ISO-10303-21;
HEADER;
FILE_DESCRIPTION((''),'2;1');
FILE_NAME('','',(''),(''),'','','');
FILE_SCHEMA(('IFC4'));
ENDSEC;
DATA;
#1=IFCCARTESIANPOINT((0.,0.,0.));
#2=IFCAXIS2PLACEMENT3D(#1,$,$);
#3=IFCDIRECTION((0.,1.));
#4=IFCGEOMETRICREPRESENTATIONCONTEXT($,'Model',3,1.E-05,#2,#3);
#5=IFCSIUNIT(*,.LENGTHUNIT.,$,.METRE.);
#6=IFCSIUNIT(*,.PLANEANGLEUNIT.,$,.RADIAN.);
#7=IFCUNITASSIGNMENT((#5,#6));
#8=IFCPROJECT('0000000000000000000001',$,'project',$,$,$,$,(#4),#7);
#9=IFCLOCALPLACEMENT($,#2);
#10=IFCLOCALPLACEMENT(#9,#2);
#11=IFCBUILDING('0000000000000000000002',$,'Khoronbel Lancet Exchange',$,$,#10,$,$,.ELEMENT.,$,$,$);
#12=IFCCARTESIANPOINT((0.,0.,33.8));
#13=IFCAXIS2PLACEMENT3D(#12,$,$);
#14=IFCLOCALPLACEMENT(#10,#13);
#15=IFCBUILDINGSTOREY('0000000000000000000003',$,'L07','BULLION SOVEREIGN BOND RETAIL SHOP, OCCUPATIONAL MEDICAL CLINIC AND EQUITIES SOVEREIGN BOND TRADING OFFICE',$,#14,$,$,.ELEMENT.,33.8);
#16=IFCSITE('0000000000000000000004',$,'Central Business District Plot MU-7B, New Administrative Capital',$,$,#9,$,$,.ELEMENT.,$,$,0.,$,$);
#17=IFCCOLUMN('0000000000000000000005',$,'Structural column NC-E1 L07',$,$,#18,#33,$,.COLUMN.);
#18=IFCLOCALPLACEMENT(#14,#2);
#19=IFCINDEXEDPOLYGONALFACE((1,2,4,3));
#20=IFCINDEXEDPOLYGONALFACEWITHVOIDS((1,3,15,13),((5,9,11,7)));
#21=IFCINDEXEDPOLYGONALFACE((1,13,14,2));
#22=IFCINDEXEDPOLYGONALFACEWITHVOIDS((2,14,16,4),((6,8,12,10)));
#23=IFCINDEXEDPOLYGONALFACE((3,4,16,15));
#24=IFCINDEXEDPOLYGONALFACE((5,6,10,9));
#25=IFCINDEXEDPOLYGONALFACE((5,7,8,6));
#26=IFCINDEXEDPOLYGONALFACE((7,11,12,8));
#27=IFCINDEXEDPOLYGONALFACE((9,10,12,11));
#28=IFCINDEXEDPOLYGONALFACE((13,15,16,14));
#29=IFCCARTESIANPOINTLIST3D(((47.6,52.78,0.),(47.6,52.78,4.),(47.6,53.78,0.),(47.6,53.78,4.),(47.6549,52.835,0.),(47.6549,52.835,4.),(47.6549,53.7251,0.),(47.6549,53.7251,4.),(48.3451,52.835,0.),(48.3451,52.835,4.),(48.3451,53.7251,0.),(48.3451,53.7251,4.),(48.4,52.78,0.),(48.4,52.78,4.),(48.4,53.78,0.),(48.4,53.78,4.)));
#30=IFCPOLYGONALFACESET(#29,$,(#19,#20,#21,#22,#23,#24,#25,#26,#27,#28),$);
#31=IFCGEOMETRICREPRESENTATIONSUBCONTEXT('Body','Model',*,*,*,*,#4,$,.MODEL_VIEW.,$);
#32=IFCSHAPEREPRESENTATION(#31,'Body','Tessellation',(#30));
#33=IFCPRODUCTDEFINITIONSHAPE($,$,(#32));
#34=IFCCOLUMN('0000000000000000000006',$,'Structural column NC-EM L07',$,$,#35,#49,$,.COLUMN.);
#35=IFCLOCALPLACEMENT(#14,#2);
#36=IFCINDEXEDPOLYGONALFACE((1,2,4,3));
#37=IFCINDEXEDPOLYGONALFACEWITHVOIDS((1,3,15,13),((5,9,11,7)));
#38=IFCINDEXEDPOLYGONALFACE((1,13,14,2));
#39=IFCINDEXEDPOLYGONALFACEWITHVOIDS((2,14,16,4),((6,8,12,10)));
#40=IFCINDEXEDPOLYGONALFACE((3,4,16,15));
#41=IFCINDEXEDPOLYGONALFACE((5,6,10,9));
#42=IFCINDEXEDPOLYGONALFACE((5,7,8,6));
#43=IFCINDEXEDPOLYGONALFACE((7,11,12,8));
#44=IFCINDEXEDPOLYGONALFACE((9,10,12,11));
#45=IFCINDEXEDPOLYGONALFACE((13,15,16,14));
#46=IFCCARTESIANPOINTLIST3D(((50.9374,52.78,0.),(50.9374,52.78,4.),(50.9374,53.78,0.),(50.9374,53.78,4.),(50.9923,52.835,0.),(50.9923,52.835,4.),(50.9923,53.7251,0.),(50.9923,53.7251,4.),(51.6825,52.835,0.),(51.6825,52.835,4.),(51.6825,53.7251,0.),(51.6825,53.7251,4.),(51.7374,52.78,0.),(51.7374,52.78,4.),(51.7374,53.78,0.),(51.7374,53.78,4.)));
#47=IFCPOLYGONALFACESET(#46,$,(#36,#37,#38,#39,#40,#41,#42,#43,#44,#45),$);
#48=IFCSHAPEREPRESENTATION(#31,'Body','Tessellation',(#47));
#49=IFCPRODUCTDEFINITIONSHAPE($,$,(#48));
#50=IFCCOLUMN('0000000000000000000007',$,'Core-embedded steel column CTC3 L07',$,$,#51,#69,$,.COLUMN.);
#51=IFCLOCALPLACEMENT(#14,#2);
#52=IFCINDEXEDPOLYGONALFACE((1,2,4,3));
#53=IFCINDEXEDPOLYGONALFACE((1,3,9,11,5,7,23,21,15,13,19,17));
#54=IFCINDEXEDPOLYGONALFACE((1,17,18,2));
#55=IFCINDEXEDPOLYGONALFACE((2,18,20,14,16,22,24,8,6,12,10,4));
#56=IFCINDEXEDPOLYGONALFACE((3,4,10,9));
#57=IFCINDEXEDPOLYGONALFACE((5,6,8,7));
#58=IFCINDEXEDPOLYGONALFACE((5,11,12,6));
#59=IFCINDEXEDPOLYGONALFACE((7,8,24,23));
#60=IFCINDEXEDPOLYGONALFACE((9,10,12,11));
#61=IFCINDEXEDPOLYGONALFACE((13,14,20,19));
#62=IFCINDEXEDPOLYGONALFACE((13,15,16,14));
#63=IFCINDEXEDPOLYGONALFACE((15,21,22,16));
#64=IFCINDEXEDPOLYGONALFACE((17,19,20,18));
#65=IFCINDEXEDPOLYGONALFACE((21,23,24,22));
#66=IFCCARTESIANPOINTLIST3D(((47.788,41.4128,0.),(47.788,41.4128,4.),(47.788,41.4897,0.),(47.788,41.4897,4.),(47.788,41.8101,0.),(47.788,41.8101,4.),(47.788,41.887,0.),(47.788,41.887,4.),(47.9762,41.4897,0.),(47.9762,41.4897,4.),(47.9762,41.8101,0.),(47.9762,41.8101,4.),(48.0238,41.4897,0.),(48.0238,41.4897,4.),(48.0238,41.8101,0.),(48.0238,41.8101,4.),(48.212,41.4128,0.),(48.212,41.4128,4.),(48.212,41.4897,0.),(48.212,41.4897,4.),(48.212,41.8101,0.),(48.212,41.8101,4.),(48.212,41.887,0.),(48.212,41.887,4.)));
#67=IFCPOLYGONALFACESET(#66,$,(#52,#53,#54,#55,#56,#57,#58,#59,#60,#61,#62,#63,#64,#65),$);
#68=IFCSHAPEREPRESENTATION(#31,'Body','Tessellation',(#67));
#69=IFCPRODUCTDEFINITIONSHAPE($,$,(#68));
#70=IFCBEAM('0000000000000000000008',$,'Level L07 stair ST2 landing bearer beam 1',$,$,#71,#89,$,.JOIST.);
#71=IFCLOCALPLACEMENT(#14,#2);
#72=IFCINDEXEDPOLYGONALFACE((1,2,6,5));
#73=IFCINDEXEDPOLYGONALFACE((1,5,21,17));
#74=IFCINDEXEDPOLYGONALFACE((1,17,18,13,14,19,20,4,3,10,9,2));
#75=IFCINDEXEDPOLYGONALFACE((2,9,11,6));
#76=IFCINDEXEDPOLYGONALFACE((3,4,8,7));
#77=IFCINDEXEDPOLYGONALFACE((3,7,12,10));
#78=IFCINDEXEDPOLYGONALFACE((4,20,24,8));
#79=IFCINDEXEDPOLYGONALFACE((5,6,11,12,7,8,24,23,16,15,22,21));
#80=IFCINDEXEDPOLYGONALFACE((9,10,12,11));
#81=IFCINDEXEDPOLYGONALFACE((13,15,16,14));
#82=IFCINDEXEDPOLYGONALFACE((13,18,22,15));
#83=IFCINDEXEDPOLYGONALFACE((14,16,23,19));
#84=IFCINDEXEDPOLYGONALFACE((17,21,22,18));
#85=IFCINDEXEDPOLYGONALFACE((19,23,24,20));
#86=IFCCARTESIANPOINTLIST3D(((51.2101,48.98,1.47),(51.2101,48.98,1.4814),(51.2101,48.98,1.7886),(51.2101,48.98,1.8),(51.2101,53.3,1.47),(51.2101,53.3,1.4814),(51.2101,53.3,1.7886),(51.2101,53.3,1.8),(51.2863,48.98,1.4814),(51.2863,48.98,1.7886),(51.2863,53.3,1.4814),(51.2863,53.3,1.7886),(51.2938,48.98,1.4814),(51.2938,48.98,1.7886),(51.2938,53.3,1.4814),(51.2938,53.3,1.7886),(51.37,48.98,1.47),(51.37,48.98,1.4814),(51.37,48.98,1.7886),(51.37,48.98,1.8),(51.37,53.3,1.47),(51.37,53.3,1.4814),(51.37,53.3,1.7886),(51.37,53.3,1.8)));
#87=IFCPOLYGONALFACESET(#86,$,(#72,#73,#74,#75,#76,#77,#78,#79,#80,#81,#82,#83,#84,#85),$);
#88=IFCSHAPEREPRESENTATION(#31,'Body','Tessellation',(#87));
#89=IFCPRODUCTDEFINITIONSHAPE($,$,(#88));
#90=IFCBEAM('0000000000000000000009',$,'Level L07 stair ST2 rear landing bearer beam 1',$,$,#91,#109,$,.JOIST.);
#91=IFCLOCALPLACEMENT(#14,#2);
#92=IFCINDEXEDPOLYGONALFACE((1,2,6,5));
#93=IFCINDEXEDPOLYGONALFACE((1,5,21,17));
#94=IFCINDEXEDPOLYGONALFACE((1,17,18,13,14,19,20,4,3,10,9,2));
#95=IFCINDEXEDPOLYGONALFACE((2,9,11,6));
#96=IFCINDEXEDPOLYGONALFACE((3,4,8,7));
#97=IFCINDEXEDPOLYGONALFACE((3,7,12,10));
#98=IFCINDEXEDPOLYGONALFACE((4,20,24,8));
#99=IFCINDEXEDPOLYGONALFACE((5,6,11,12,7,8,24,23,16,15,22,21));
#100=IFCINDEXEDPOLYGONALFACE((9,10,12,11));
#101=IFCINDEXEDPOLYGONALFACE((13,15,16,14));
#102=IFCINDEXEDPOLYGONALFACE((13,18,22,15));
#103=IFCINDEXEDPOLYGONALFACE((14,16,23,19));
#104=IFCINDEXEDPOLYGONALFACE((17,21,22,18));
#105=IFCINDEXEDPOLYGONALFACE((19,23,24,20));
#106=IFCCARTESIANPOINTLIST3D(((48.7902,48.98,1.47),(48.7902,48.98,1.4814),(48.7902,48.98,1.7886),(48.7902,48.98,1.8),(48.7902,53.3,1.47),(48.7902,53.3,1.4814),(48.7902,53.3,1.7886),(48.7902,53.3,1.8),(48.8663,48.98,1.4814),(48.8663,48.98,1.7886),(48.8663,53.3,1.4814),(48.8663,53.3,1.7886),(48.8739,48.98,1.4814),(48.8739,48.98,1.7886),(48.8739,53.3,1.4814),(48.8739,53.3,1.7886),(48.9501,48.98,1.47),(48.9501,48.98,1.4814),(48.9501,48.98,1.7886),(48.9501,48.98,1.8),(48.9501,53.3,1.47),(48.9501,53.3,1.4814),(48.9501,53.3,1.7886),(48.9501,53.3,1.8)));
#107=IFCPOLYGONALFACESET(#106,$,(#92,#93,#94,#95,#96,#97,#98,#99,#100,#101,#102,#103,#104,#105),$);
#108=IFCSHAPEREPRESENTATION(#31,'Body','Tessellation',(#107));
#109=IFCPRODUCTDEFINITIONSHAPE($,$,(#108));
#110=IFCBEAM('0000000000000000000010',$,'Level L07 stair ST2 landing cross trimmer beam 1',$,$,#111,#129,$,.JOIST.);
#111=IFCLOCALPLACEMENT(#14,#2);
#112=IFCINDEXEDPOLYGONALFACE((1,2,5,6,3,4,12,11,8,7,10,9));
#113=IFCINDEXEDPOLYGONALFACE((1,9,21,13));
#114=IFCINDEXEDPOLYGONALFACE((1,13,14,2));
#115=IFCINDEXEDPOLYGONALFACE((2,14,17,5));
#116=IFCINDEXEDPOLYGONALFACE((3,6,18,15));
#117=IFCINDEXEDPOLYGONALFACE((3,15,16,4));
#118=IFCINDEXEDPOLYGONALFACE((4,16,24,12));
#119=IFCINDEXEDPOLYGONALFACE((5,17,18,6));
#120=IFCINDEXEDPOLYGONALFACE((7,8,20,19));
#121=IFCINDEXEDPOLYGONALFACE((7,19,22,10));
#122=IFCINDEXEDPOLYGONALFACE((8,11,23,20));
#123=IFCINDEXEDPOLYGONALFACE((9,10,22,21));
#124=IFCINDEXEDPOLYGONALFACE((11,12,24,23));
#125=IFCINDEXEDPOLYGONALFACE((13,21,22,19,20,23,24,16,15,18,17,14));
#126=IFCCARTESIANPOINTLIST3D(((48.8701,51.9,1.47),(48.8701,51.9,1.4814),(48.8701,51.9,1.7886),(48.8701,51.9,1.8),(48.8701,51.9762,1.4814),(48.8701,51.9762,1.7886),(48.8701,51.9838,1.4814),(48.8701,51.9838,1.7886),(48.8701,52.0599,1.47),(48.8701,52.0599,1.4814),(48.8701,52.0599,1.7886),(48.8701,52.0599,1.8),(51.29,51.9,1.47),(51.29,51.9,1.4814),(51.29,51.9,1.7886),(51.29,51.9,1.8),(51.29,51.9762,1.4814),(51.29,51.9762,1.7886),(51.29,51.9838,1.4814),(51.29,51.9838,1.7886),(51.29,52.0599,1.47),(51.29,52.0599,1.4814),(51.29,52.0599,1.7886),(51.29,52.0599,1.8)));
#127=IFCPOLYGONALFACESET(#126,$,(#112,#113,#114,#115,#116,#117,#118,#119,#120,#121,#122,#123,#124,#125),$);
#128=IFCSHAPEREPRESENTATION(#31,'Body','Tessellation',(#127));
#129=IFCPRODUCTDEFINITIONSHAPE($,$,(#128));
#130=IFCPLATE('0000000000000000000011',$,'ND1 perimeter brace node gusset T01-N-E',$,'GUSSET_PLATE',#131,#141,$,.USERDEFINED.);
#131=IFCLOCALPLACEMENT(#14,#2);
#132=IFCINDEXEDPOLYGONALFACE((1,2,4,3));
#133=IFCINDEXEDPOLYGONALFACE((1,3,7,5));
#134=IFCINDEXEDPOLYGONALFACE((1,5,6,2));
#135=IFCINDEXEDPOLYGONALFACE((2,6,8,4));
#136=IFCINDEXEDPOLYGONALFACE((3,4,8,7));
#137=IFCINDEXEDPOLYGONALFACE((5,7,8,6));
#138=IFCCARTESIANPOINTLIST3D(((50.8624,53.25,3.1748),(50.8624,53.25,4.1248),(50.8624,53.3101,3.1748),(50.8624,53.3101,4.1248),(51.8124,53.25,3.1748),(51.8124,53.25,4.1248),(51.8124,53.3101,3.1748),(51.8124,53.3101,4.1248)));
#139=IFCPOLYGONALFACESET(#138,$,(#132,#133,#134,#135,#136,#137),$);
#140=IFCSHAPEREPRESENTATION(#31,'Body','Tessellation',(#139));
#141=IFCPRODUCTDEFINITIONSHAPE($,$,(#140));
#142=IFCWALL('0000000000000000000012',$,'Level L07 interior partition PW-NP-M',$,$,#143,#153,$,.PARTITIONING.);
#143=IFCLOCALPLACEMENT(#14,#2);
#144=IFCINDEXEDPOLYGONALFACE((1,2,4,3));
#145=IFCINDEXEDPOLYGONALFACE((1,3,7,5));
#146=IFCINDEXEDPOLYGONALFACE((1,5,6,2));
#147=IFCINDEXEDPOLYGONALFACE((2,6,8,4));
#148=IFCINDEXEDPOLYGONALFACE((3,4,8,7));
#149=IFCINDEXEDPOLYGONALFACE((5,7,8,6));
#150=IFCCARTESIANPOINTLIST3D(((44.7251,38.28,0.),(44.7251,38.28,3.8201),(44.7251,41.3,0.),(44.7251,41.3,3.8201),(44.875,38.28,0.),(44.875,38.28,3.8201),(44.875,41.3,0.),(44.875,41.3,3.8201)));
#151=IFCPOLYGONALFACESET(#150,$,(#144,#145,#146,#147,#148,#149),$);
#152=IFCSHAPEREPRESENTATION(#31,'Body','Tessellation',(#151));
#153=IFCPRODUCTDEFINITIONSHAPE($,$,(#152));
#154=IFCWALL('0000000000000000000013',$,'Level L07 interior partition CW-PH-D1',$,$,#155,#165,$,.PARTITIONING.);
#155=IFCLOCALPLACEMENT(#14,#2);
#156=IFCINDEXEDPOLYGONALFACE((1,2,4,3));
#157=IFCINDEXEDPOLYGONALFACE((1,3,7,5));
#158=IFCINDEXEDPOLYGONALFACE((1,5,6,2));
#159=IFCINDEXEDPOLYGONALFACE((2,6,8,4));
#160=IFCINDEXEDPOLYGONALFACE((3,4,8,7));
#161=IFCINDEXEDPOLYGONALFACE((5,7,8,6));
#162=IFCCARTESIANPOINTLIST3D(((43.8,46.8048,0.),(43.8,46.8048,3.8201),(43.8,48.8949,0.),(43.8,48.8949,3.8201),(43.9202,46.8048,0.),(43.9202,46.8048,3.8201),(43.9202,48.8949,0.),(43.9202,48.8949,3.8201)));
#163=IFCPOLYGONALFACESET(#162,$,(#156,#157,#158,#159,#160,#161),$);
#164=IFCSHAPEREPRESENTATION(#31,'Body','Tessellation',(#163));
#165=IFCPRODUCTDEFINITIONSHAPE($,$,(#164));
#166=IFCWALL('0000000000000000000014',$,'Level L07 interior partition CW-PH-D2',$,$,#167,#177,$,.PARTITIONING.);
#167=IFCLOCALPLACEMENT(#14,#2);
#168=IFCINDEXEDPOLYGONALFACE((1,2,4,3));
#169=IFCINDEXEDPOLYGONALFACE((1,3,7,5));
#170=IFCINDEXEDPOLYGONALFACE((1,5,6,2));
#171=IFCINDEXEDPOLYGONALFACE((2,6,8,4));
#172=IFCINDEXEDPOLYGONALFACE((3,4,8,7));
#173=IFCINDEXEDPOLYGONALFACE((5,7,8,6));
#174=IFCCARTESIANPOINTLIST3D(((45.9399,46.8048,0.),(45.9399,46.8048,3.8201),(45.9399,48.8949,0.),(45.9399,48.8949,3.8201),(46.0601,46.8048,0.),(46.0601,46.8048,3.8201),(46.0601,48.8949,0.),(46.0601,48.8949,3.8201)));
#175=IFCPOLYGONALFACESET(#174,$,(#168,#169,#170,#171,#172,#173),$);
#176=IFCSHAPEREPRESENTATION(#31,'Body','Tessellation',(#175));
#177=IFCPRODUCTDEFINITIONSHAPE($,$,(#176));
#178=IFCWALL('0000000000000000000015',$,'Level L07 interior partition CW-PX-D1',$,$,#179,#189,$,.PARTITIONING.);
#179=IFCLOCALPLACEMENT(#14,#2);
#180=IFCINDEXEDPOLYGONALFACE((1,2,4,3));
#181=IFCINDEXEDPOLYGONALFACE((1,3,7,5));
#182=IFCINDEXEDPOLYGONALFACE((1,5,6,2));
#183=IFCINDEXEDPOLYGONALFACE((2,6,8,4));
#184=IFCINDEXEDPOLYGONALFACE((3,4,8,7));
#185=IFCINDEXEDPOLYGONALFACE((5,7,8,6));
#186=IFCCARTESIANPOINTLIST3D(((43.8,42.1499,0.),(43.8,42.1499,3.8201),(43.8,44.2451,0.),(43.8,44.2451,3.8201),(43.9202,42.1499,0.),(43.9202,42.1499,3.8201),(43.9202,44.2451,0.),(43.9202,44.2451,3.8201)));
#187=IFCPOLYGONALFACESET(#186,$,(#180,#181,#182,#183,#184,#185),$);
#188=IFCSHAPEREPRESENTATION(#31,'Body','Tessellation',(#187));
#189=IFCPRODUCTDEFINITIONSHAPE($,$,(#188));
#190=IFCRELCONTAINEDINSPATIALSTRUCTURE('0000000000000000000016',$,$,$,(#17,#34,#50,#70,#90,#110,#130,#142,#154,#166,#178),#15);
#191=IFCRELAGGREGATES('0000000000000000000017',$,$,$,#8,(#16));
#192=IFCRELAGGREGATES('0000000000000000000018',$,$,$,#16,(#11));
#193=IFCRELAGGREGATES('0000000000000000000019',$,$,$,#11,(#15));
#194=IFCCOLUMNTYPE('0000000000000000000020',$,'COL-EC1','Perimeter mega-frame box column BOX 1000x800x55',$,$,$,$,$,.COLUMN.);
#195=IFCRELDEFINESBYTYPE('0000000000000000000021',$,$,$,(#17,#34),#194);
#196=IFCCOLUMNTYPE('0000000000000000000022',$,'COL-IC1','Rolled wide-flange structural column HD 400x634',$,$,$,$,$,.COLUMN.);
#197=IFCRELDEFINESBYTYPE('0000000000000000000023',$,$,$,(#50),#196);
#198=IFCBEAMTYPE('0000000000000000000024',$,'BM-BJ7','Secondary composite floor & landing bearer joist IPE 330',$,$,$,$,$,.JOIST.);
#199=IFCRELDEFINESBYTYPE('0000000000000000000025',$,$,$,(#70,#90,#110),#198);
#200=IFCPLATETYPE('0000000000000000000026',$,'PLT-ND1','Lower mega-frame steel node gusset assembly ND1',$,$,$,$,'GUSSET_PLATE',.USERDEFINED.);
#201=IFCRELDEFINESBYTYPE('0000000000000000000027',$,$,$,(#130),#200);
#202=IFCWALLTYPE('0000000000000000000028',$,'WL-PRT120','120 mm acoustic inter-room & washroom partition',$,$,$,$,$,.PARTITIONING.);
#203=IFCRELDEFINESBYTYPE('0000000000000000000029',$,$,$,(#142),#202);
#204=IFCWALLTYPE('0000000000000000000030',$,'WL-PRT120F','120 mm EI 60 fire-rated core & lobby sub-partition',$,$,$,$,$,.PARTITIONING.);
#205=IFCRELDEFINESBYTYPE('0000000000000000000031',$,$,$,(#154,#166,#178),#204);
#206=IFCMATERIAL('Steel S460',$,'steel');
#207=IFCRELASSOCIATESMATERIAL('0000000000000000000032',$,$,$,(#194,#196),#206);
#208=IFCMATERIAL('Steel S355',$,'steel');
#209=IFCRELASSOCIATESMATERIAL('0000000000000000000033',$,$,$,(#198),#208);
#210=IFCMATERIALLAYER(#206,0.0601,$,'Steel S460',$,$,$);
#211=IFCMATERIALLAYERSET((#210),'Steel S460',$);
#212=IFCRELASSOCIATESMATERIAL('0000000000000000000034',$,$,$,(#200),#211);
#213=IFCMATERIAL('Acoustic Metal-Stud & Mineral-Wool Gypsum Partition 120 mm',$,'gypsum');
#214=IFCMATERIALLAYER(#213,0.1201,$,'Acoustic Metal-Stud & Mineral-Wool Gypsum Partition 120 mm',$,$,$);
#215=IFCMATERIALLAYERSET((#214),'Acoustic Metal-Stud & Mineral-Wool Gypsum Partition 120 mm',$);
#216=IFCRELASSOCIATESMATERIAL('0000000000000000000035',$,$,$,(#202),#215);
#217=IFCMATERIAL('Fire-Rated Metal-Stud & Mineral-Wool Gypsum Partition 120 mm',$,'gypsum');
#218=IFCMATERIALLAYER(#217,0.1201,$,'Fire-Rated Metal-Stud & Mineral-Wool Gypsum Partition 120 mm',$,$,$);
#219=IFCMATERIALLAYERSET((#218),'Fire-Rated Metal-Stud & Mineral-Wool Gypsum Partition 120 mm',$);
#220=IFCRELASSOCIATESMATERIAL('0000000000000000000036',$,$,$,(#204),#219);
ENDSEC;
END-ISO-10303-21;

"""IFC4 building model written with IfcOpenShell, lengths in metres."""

from ifc_helpers import new_model, si_unit, direction, frame, frame_2d, origin, origin_2d, place, context, subcontext, project, spatial, rectangle, hollow_rectangle, i_section, extrude, material, layer, layer_set, material_profile, profile_set, type_object, element, save


model = new_model("IFC4")

# Units and contexts
model_context = context("Model", 3, precision=1e-05, world=origin(), true_north=direction((0.0, 1.0)))
body_context = subcontext(model_context, "Body", "Model", "MODEL_VIEW")
ifc_project = project(units=[si_unit("LENGTHUNIT", "METRE"), si_unit("PLANEANGLEUNIT", "RADIAN")], contexts=[model_context])

# Site, building, storey
site_placement = place(None, origin())
site = spatial("IfcSite", under=ifc_project, at=site_placement, Name="Central Business District Plot MU-7B, New Administrative Capital", CompositionType="ELEMENT", RefElevation=0.0)
building_placement = place(site_placement, origin())
building = spatial("IfcBuilding", under=site, at=building_placement, Name="Khoronbel Lancet Exchange", CompositionType="ELEMENT")
storey_placement = place(building_placement, frame((0.0, 0.0, 33.8)))
storey = spatial("IfcBuildingStorey", under=building, at=storey_placement, Name="L07", Description="BULLION SOVEREIGN BOND RETAIL SHOP, OCCUPATIONAL MEDICAL CLINIC AND EQUITIES SOVEREIGN BOND TRADING OFFICE", CompositionType="ELEMENT", Elevation=33.8)

# Columns
ifc_material_1 = material(Name="Steel S460", Category="steel")
ifc_material_profile_1 = material_profile(ifc_material_1, hollow_rectangle(XDim=0.8, YDim=1.0, WallThickness=0.0549, at=origin_2d()), Name="BOX 1000x800x55")
ifc_profile_set_1 = profile_set([ifc_material_profile_1], Name="Steel S460")
column_type_1 = type_object("IfcColumnType", Name="COL-EC1", Description="Perimeter mega-frame box column BOX 1000x800x55", PredefinedType="COLUMN", material=ifc_profile_set_1)
for number, where, z_axis, x_axis, name in (
    (1, (48.0, 53.28, 0.0), (0.0, 0.0, 1.0), (1.0, 0.0, 0.0), "Structural column NC-E1 L07"),
    (2, (51.3374, 53.28, 0.0), (0.0, 0.0, 1.0), (1.0, 0.0, 0.0), "Structural column NC-EM L07"),
):
    element("IfcColumn", number, at=place(storey_placement, frame(where, z_axis=z_axis, x_axis=x_axis)), inside=storey, type_object=column_type_1, Name=name, PredefinedType="COLUMN", context=body_context, shape_type="SweptSolid", body=[
        extrude(hollow_rectangle(XDim=0.8, YDim=1.0, WallThickness=0.0549, at=origin_2d()), origin(), (0.0, 0.0, 1.0), 4.0),
    ])
ifc_material_profile_2 = material_profile(ifc_material_1, i_section(OverallWidth=0.4241, OverallDepth=0.4741, WebThickness=0.0476, FlangeThickness=0.0769, at=origin_2d()), Name="HD 400x634")
ifc_profile_set_2 = profile_set([ifc_material_profile_2], Name="Steel S460")
column_type_2 = type_object("IfcColumnType", Name="COL-IC1", Description="Rolled wide-flange structural column HD 400x634", PredefinedType="COLUMN", material=ifc_profile_set_2)
column_placement = place(storey_placement, frame((48.0, 41.6499, 0.0), z_axis=(0.0, 0.0, 1.0), x_axis=(1.0, 0.0, 0.0)))
element("IfcColumn", 3, at=column_placement, inside=storey, type_object=column_type_2, Name="Core-embedded steel column CTC3 L07", PredefinedType="COLUMN", context=body_context, shape_type="SweptSolid", body=[
    extrude(i_section(OverallWidth=0.4241, OverallDepth=0.4741, WebThickness=0.0476, FlangeThickness=0.0769, at=origin_2d()), origin(), (0.0, 0.0, 1.0), 4.0),
])

# Beams
ifc_material_2 = material(Name="Steel S355", Category="steel")
ifc_material_profile_3 = material_profile(ifc_material_2, i_section(OverallWidth=0.1599, OverallDepth=0.3301, WebThickness=0.0076, FlangeThickness=0.0115, at=origin_2d()), Name="IPE 330")
ifc_profile_set_3 = profile_set([ifc_material_profile_3], Name="Steel S355")
beam_type = type_object("IfcBeamType", Name="BM-BJ7", Description="Secondary composite floor & landing bearer joist IPE 330", PredefinedType="JOIST", material=ifc_profile_set_3)
for number, where, z_axis, x_axis, name in (
    (4, (51.29, 48.98, 1.635), (0.0, 1.0, 0.0), (-1.0, 0.0, 0.0), "Level L07 stair ST2 landing bearer beam 1"),
    (5, (48.8701, 48.98, 1.635), (0.0, 1.0, 0.0), (-1.0, 0.0, 0.0), "Level L07 stair ST2 rear landing bearer beam 1"),
):
    element("IfcBeam", number, at=place(storey_placement, frame(where, z_axis=z_axis, x_axis=x_axis)), inside=storey, type_object=beam_type, Name=name, PredefinedType="JOIST", context=body_context, shape_type="SweptSolid", body=[
        extrude(i_section(OverallWidth=0.1599, OverallDepth=0.3301, WebThickness=0.0076, FlangeThickness=0.0115, at=origin_2d()), origin(), (0.0, 0.0, 1.0), 4.3201),
    ])
beam_placement = place(storey_placement, frame((48.8701, 51.98, 1.635), z_axis=(1.0, 0.0, 0.0), x_axis=(0.0, 1.0, 0.0)))
element("IfcBeam", 6, at=beam_placement, inside=storey, type_object=beam_type, Name="Level L07 stair ST2 landing cross trimmer beam 1", PredefinedType="JOIST", context=body_context, shape_type="SweptSolid", body=[
    extrude(i_section(OverallWidth=0.1599, OverallDepth=0.3301, WebThickness=0.0076, FlangeThickness=0.0115, at=origin_2d()), origin(), (0.0, 0.0, 1.0), 2.4199),
])

# Plate
ifc_layer_1 = layer(ifc_material_1, 0.0601, Name="Steel S460")
ifc_layer_set_1 = layer_set([ifc_layer_1], Name="Steel S460")
plate_type = type_object("IfcPlateType", Name="PLT-ND1", Description="Lower mega-frame steel node gusset assembly ND1", ElementType="GUSSET_PLATE", PredefinedType="USERDEFINED", material=ifc_layer_set_1)
plate_placement = place(storey_placement, frame((51.3374, 53.28, 3.1748), z_axis=(0.0, 0.0, 1.0), x_axis=(1.0, 0.0, 0.0)))
element("IfcPlate", 7, at=plate_placement, inside=storey, type_object=plate_type, Name="ND1 perimeter brace node gusset T01-N-E", ObjectType="GUSSET_PLATE", PredefinedType="USERDEFINED", context=body_context, shape_type="SweptSolid", body=[
    extrude(rectangle(XDim=0.95, YDim=0.0601, at=origin_2d()), origin(), (0.0, 0.0, 1.0), 0.95),
])

# Walls
ifc_material_3 = material(Name="Acoustic Metal-Stud & Mineral-Wool Gypsum Partition 120 mm", Category="gypsum")
ifc_layer_2 = layer(ifc_material_3, 0.1201, Name="Acoustic Metal-Stud & Mineral-Wool Gypsum Partition 120 mm")
ifc_layer_set_2 = layer_set([ifc_layer_2], Name="Acoustic Metal-Stud & Mineral-Wool Gypsum Partition 120 mm")
wall_type_1 = type_object("IfcWallType", Name="WL-PRT120", Description="120 mm acoustic inter-room & washroom partition", PredefinedType="PARTITIONING", material=ifc_layer_set_2)
wall_1_placement = place(storey_placement, frame((44.8, 38.28, 0.0), z_axis=(0.0, 0.0, 1.0), x_axis=(0.0, 1.0, 0.0)))
element("IfcWall", 8, at=wall_1_placement, inside=storey, type_object=wall_type_1, Name="Level L07 interior partition PW-NP-M", PredefinedType="PARTITIONING", context=body_context, shape_type="SweptSolid", body=[
    extrude(rectangle(XDim=3.02, YDim=0.1499, at=frame_2d((1.51, 0.0))), origin(), (0.0, 0.0, 1.0), 3.8201),
])
ifc_material_4 = material(Name="Fire-Rated Metal-Stud & Mineral-Wool Gypsum Partition 120 mm", Category="gypsum")
ifc_layer_3 = layer(ifc_material_4, 0.1201, Name="Fire-Rated Metal-Stud & Mineral-Wool Gypsum Partition 120 mm")
ifc_layer_set_3 = layer_set([ifc_layer_3], Name="Fire-Rated Metal-Stud & Mineral-Wool Gypsum Partition 120 mm")
wall_type_2 = type_object("IfcWallType", Name="WL-PRT120F", Description="120 mm EI 60 fire-rated core & lobby sub-partition", PredefinedType="PARTITIONING", material=ifc_layer_set_3)
for number, where, z_axis, x_axis, name in (
    (9, (43.8601, 46.8049, 0.0), (0.0, 0.0, 1.0), (0.0, 1.0, 0.0), "Level L07 interior partition CW-PH-D1"),
    (10, (46.0, 46.8049, 0.0), (0.0, 0.0, 1.0), (0.0, 1.0, 0.0), "Level L07 interior partition CW-PH-D2"),
):
    element("IfcWall", number, at=place(storey_placement, frame(where, z_axis=z_axis, x_axis=x_axis)), inside=storey, type_object=wall_type_2, Name=name, PredefinedType="PARTITIONING", context=body_context, shape_type="SweptSolid", body=[
        extrude(rectangle(XDim=2.0901, YDim=0.1201, at=frame_2d((1.0449, 0.0))), origin(), (0.0, 0.0, 1.0), 3.8201),
    ])
for number, where, z_axis, x_axis, name in (
    (11, (43.8601, 42.1499, 0.0), (0.0, 0.0, 1.0), (0.0, 1.0, 0.0), "Level L07 interior partition CW-PX-D1"),
):
    element("IfcWall", number, at=place(storey_placement, frame(where, z_axis=z_axis, x_axis=x_axis)), inside=storey, type_object=wall_type_2, Name=name, PredefinedType="PARTITIONING", context=body_context, shape_type="SweptSolid", body=[
        extrude(rectangle(XDim=2.0952, YDim=0.1201, at=frame_2d((1.0476, 0.0))), origin(), (0.0, 0.0, 1.0), 3.8201),
    ])

save(model, "model.ifc")
